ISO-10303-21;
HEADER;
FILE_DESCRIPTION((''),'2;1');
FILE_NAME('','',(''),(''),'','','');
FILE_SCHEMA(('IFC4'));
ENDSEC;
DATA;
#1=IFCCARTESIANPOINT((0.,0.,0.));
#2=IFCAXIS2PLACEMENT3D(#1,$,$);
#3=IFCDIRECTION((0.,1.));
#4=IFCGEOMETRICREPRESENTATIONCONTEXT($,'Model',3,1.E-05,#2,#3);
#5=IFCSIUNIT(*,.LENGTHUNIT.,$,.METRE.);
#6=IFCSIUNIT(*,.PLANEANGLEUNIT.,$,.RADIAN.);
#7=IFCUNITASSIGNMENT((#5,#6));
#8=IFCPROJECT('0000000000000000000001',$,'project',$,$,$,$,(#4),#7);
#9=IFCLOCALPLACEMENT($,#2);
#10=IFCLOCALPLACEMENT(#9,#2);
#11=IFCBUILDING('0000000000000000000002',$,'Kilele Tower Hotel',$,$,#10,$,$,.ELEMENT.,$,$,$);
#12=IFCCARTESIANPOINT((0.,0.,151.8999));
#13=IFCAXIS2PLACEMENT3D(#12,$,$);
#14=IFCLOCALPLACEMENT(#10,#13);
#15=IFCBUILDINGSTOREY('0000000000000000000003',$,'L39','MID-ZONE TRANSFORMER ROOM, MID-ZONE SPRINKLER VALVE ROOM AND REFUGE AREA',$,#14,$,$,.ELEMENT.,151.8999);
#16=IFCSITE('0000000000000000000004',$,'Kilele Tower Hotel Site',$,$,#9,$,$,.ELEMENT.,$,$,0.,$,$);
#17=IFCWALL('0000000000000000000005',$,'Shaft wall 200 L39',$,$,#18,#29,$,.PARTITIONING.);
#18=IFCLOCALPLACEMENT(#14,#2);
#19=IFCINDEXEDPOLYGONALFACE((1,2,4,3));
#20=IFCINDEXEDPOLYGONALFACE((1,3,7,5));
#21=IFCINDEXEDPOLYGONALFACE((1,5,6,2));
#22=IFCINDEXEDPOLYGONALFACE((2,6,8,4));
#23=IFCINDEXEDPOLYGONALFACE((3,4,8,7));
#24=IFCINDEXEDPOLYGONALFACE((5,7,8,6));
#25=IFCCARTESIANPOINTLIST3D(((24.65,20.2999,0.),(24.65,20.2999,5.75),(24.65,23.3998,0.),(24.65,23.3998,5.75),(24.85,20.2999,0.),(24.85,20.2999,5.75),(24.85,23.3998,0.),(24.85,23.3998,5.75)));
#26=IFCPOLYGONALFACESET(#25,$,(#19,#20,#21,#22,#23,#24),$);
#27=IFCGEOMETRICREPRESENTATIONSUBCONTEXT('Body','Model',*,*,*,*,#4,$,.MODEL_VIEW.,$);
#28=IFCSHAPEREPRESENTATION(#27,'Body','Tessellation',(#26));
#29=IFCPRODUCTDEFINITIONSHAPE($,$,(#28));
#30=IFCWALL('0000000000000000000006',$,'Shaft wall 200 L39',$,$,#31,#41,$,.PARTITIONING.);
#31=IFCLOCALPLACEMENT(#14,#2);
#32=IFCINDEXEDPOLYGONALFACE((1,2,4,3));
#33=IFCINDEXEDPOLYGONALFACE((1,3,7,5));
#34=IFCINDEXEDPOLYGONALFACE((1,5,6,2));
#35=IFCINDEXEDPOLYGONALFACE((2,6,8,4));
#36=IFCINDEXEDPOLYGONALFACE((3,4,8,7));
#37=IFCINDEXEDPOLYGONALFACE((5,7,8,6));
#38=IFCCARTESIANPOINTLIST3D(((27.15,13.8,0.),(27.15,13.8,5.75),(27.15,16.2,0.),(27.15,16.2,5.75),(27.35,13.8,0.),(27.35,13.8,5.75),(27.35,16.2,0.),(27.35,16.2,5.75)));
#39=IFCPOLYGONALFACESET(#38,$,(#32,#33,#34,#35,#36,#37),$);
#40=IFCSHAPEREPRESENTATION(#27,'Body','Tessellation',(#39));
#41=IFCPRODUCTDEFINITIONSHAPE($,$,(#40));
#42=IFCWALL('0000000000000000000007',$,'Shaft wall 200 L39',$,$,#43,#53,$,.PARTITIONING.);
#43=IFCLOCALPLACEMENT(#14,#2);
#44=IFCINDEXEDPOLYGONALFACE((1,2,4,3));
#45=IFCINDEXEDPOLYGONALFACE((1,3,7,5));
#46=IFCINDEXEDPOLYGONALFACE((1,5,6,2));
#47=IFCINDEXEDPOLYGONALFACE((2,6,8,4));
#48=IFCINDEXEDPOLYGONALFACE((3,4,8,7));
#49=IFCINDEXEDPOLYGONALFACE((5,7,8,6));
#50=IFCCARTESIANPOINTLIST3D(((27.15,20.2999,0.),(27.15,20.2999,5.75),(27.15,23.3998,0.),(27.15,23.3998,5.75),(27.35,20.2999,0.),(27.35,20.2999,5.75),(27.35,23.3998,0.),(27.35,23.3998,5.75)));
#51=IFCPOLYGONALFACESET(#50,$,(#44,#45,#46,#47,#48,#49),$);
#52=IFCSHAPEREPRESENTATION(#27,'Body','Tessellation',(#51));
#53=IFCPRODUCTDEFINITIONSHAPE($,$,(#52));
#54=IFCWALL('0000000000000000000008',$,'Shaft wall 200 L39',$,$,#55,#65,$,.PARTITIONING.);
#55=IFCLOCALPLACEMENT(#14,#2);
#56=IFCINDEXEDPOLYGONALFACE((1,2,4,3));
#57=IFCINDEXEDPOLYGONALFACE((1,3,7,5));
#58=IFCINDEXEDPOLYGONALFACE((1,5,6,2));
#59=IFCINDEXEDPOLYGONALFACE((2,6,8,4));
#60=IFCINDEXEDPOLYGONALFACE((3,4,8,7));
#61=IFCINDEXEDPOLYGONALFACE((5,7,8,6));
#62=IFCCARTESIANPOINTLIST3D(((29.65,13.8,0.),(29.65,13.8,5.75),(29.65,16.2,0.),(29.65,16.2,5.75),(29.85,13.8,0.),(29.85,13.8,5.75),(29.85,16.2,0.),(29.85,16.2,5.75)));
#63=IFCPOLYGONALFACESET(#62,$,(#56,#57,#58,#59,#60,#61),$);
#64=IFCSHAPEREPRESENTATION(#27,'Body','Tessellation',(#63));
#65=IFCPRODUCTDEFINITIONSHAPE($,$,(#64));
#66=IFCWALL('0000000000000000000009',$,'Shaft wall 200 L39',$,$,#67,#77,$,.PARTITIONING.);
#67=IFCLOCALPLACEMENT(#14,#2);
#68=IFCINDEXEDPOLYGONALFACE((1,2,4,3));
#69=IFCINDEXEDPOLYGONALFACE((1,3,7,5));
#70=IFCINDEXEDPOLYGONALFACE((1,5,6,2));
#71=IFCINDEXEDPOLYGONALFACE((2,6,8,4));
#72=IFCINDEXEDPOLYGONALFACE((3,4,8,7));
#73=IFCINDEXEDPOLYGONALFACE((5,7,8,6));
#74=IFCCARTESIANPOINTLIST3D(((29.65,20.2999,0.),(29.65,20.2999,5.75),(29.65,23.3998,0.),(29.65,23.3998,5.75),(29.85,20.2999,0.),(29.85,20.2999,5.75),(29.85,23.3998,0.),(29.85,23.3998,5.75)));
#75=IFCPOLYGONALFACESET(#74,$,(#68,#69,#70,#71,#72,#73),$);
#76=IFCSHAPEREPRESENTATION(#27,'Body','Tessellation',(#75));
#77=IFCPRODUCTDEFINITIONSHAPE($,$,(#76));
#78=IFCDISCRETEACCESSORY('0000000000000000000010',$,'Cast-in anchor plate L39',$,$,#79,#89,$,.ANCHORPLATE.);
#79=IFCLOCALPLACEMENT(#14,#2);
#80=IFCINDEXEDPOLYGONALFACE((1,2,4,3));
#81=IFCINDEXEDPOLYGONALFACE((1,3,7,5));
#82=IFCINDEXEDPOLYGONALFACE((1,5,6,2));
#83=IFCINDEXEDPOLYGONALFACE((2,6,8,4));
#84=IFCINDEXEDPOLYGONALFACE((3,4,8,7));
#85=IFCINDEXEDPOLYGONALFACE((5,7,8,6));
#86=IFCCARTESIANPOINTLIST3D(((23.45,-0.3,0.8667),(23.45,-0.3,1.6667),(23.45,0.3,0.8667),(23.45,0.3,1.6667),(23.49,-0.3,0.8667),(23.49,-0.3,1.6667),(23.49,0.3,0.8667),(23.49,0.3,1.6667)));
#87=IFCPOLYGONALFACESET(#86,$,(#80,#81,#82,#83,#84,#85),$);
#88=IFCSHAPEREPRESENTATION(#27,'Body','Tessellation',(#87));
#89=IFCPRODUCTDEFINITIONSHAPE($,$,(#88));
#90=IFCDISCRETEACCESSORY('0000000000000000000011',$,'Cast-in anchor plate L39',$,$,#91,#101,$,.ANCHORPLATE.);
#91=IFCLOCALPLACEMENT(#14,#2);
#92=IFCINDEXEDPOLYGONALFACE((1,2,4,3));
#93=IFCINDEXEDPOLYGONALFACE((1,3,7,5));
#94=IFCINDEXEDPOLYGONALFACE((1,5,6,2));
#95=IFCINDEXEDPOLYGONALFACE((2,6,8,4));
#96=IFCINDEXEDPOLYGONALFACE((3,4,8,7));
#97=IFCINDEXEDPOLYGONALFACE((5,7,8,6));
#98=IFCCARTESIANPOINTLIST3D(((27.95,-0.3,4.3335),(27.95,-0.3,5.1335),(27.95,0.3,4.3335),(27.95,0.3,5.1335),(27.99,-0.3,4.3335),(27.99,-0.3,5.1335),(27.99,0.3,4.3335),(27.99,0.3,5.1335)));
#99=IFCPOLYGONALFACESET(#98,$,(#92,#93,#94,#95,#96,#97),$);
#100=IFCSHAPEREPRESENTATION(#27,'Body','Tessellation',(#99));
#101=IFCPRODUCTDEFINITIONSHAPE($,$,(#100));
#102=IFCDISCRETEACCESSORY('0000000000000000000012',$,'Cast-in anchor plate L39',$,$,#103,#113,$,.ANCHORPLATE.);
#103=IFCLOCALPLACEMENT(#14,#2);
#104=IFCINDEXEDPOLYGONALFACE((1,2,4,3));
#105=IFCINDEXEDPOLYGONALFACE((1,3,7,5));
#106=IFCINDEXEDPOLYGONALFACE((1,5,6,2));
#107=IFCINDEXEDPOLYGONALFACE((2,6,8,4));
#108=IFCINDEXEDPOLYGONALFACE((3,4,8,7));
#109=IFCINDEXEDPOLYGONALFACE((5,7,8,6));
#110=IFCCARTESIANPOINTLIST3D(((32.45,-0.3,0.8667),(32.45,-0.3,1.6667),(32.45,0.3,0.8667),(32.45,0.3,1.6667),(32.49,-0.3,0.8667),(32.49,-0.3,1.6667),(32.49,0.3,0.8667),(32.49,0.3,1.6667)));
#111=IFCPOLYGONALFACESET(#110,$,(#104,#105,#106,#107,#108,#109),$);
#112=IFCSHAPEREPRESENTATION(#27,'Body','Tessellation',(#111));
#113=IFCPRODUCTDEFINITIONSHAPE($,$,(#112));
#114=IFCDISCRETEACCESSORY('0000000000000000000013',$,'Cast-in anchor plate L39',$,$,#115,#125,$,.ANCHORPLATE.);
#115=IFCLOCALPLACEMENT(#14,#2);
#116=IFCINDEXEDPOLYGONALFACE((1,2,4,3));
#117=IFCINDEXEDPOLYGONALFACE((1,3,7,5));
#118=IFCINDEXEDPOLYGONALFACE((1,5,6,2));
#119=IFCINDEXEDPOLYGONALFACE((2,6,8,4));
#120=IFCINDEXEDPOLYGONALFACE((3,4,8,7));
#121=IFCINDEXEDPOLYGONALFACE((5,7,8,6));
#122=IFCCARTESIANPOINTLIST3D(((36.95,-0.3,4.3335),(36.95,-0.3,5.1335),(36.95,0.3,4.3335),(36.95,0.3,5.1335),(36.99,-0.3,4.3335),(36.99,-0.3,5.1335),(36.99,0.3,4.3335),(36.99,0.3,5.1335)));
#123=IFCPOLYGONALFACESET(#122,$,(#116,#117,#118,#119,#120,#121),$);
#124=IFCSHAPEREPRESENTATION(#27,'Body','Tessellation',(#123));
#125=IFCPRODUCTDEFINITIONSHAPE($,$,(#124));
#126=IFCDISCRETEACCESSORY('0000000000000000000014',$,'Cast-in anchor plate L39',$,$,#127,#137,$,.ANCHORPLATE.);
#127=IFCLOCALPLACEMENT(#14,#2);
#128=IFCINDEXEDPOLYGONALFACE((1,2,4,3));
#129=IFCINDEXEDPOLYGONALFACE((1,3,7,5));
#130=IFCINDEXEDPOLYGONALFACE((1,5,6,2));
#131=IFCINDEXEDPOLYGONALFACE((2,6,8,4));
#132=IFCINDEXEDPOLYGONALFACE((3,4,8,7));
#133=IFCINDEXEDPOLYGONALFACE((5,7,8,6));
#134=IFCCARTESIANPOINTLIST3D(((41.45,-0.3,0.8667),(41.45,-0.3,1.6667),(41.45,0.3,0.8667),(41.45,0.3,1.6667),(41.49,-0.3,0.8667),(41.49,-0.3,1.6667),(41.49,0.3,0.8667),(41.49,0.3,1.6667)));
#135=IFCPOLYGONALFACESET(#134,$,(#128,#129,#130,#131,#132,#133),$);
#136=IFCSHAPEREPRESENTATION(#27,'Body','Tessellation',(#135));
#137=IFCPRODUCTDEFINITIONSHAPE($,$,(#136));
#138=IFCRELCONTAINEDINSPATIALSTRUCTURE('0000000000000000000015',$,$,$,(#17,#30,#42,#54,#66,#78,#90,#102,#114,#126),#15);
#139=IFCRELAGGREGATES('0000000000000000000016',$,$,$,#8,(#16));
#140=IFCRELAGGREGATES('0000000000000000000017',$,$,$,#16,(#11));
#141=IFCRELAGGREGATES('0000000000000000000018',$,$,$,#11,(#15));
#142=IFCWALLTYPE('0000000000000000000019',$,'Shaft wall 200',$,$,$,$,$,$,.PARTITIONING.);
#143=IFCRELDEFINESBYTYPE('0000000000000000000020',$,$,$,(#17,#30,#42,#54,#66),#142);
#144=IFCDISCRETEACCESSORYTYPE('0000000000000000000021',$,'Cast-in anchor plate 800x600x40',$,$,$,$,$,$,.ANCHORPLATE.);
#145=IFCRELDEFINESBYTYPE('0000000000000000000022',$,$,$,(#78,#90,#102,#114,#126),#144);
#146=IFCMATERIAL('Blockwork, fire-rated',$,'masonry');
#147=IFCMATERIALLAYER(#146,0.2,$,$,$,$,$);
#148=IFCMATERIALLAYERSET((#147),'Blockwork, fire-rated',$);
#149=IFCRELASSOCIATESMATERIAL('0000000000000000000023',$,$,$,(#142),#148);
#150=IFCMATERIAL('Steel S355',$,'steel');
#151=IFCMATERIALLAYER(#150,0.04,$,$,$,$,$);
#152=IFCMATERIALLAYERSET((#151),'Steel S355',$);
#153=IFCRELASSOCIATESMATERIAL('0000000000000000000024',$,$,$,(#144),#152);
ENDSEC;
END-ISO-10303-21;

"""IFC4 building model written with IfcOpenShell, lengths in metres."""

from ifc_helpers import new_model, si_unit, direction, frame, frame_2d, origin, place, context, subcontext, project, spatial, polyline, rectangle, outline, extrude, source, transform, mapped, material, layer, layer_set, type_object, element, save


model = new_model("IFC4")

# Units and contexts
model_context = context("Model", 3, precision=1e-05, world=origin(), true_north=direction((0.0, 1.0)))
body_context = subcontext(model_context, "Body", "Model", "MODEL_VIEW")
ifc_project = project(units=[si_unit("LENGTHUNIT", "METRE"), si_unit("PLANEANGLEUNIT", "RADIAN")], contexts=[model_context])

# Site, building, storey
site_placement = place(None, origin())
site = spatial("IfcSite", under=ifc_project, at=site_placement, Name="Kilele Tower Hotel Site", CompositionType="ELEMENT", RefElevation=0.0)
building_placement = place(site_placement, origin())
building = spatial("IfcBuilding", under=site, at=building_placement, Name="Kilele Tower Hotel", CompositionType="ELEMENT")
storey_placement = place(building_placement, frame((0.0, 0.0, 151.8999)))
storey = spatial("IfcBuildingStorey", under=building, at=storey_placement, Name="L39", Description="MID-ZONE TRANSFORMER ROOM, MID-ZONE SPRINKLER VALVE ROOM AND REFUGE AREA", CompositionType="ELEMENT", Elevation=151.8999)

# Walls
ifc_material_1 = material(Name="Blockwork, fire-rated", Category="masonry")
ifc_layer_1 = layer(ifc_material_1, 0.2)
ifc_layer_set_1 = layer_set([ifc_layer_1], Name="Blockwork, fire-rated")
wall_type_1 = type_object("IfcWallType", Name="Shaft wall 200", PredefinedType="PARTITIONING", material=ifc_layer_set_1)
wall_1_placement = place(storey_placement, frame((24.75, 20.3, 0.0), z_axis=(0.0, 0.0, 1.0), x_axis=(0.0, 1.0, 0.0)))
element("IfcWall", 1, at=wall_1_placement, inside=storey, type_object=wall_type_1, Name="Shaft wall 200 L39", PredefinedType="PARTITIONING", context=body_context, shape_type="SweptSolid", body=[
    extrude(rectangle(XDim=3.0999, YDim=0.2, at=frame_2d((1.5498, 0.0))), origin(), (0.0, 0.0, 1.0), 5.75),
])
wall_2_placement = place(storey_placement, frame((27.25, 13.8, 0.0), z_axis=(0.0, 0.0, 1.0), x_axis=(0.0, 1.0, 0.0)))
element("IfcWall", 2, at=wall_2_placement, inside=storey, type_object=wall_type_1, Name="Shaft wall 200 L39", PredefinedType="PARTITIONING", context=body_context, shape_type="SweptSolid", body=[
    extrude(rectangle(XDim=2.3999, YDim=0.2, at=frame_2d((1.2, 0.0))), origin(), (0.0, 0.0, 1.0), 5.75),
])
wall_3_placement = place(storey_placement, frame((27.25, 20.3, 0.0), z_axis=(0.0, 0.0, 1.0), x_axis=(0.0, 1.0, 0.0)))
element("IfcWall", 3, at=wall_3_placement, inside=storey, type_object=wall_type_1, Name="Shaft wall 200 L39", PredefinedType="PARTITIONING", context=body_context, shape_type="SweptSolid", body=[
    extrude(rectangle(XDim=3.0999, YDim=0.2, at=frame_2d((1.5498, 0.0))), origin(), (0.0, 0.0, 1.0), 5.75),
])
wall_4_placement = place(storey_placement, frame((29.75, 13.8, 0.0), z_axis=(0.0, 0.0, 1.0), x_axis=(0.0, 1.0, 0.0)))
element("IfcWall", 4, at=wall_4_placement, inside=storey, type_object=wall_type_1, Name="Shaft wall 200 L39", PredefinedType="PARTITIONING", context=body_context, shape_type="SweptSolid", body=[
    extrude(rectangle(XDim=2.3999, YDim=0.2, at=frame_2d((1.2, 0.0))), origin(), (0.0, 0.0, 1.0), 5.75),
])
wall_5_placement = place(storey_placement, frame((29.75, 20.3, 0.0), z_axis=(0.0, 0.0, 1.0), x_axis=(0.0, 1.0, 0.0)))
element("IfcWall", 5, at=wall_5_placement, inside=storey, type_object=wall_type_1, Name="Shaft wall 200 L39", PredefinedType="PARTITIONING", context=body_context, shape_type="SweptSolid", body=[
    extrude(rectangle(XDim=3.0999, YDim=0.2, at=frame_2d((1.5498, 0.0))), origin(), (0.0, 0.0, 1.0), 5.75),
])

# Discrete accessories
ifc_material_2 = material(Name="Steel S355", Category="steel")
ifc_layer_2 = layer(ifc_material_2, 0.04)
ifc_layer_set_2 = layer_set([ifc_layer_2], Name="Steel S355")
discrete_accessory_type = type_object("IfcDiscreteAccessoryType", Name="Cast-in anchor plate 800x600x40", PredefinedType="ANCHORPLATE", material=ifc_layer_set_2)
shared_shape = source(origin(), body_context, "Body", "SweptSolid", [
    extrude(outline(polyline([(0.0, 0.0), (0.04, 0.0), (0.04, 0.8), (0.0, 0.8), (0.0, 0.0)])), origin(), (0.0, 0.0, 1.0), 0.6001),
])
for number, where, z_axis, x_axis, name in (
    (6, (23.45, 0.3, 0.8667), (0.0, -1.0, 0.0), (1.0, 0.0, 0.0), "Cast-in anchor plate L39"),
    (7, (27.95, 0.3, 4.3335), (0.0, -1.0, 0.0), (1.0, 0.0, 0.0), "Cast-in anchor plate L39"),
    (8, (32.45, 0.3, 0.8667), (0.0, -1.0, 0.0), (1.0, 0.0, 0.0), "Cast-in anchor plate L39"),
    (9, (36.95, 0.3, 4.3335), (0.0, -1.0, 0.0), (1.0, 0.0, 0.0), "Cast-in anchor plate L39"),
    (10, (41.45, 0.3, 0.8667), (0.0, -1.0, 0.0), (1.0, 0.0, 0.0), "Cast-in anchor plate L39"),
):
    element("IfcDiscreteAccessory", number, at=place(storey_placement, frame(where, z_axis=z_axis, x_axis=x_axis)), inside=storey, type_object=discrete_accessory_type, Name=name, PredefinedType="ANCHORPLATE", context=body_context, shape_type="MappedRepresentation", body=[
        mapped(shared_shape, transform((0.0, 0.0, 0.0))),
    ])

save(model, "model.ifc")
